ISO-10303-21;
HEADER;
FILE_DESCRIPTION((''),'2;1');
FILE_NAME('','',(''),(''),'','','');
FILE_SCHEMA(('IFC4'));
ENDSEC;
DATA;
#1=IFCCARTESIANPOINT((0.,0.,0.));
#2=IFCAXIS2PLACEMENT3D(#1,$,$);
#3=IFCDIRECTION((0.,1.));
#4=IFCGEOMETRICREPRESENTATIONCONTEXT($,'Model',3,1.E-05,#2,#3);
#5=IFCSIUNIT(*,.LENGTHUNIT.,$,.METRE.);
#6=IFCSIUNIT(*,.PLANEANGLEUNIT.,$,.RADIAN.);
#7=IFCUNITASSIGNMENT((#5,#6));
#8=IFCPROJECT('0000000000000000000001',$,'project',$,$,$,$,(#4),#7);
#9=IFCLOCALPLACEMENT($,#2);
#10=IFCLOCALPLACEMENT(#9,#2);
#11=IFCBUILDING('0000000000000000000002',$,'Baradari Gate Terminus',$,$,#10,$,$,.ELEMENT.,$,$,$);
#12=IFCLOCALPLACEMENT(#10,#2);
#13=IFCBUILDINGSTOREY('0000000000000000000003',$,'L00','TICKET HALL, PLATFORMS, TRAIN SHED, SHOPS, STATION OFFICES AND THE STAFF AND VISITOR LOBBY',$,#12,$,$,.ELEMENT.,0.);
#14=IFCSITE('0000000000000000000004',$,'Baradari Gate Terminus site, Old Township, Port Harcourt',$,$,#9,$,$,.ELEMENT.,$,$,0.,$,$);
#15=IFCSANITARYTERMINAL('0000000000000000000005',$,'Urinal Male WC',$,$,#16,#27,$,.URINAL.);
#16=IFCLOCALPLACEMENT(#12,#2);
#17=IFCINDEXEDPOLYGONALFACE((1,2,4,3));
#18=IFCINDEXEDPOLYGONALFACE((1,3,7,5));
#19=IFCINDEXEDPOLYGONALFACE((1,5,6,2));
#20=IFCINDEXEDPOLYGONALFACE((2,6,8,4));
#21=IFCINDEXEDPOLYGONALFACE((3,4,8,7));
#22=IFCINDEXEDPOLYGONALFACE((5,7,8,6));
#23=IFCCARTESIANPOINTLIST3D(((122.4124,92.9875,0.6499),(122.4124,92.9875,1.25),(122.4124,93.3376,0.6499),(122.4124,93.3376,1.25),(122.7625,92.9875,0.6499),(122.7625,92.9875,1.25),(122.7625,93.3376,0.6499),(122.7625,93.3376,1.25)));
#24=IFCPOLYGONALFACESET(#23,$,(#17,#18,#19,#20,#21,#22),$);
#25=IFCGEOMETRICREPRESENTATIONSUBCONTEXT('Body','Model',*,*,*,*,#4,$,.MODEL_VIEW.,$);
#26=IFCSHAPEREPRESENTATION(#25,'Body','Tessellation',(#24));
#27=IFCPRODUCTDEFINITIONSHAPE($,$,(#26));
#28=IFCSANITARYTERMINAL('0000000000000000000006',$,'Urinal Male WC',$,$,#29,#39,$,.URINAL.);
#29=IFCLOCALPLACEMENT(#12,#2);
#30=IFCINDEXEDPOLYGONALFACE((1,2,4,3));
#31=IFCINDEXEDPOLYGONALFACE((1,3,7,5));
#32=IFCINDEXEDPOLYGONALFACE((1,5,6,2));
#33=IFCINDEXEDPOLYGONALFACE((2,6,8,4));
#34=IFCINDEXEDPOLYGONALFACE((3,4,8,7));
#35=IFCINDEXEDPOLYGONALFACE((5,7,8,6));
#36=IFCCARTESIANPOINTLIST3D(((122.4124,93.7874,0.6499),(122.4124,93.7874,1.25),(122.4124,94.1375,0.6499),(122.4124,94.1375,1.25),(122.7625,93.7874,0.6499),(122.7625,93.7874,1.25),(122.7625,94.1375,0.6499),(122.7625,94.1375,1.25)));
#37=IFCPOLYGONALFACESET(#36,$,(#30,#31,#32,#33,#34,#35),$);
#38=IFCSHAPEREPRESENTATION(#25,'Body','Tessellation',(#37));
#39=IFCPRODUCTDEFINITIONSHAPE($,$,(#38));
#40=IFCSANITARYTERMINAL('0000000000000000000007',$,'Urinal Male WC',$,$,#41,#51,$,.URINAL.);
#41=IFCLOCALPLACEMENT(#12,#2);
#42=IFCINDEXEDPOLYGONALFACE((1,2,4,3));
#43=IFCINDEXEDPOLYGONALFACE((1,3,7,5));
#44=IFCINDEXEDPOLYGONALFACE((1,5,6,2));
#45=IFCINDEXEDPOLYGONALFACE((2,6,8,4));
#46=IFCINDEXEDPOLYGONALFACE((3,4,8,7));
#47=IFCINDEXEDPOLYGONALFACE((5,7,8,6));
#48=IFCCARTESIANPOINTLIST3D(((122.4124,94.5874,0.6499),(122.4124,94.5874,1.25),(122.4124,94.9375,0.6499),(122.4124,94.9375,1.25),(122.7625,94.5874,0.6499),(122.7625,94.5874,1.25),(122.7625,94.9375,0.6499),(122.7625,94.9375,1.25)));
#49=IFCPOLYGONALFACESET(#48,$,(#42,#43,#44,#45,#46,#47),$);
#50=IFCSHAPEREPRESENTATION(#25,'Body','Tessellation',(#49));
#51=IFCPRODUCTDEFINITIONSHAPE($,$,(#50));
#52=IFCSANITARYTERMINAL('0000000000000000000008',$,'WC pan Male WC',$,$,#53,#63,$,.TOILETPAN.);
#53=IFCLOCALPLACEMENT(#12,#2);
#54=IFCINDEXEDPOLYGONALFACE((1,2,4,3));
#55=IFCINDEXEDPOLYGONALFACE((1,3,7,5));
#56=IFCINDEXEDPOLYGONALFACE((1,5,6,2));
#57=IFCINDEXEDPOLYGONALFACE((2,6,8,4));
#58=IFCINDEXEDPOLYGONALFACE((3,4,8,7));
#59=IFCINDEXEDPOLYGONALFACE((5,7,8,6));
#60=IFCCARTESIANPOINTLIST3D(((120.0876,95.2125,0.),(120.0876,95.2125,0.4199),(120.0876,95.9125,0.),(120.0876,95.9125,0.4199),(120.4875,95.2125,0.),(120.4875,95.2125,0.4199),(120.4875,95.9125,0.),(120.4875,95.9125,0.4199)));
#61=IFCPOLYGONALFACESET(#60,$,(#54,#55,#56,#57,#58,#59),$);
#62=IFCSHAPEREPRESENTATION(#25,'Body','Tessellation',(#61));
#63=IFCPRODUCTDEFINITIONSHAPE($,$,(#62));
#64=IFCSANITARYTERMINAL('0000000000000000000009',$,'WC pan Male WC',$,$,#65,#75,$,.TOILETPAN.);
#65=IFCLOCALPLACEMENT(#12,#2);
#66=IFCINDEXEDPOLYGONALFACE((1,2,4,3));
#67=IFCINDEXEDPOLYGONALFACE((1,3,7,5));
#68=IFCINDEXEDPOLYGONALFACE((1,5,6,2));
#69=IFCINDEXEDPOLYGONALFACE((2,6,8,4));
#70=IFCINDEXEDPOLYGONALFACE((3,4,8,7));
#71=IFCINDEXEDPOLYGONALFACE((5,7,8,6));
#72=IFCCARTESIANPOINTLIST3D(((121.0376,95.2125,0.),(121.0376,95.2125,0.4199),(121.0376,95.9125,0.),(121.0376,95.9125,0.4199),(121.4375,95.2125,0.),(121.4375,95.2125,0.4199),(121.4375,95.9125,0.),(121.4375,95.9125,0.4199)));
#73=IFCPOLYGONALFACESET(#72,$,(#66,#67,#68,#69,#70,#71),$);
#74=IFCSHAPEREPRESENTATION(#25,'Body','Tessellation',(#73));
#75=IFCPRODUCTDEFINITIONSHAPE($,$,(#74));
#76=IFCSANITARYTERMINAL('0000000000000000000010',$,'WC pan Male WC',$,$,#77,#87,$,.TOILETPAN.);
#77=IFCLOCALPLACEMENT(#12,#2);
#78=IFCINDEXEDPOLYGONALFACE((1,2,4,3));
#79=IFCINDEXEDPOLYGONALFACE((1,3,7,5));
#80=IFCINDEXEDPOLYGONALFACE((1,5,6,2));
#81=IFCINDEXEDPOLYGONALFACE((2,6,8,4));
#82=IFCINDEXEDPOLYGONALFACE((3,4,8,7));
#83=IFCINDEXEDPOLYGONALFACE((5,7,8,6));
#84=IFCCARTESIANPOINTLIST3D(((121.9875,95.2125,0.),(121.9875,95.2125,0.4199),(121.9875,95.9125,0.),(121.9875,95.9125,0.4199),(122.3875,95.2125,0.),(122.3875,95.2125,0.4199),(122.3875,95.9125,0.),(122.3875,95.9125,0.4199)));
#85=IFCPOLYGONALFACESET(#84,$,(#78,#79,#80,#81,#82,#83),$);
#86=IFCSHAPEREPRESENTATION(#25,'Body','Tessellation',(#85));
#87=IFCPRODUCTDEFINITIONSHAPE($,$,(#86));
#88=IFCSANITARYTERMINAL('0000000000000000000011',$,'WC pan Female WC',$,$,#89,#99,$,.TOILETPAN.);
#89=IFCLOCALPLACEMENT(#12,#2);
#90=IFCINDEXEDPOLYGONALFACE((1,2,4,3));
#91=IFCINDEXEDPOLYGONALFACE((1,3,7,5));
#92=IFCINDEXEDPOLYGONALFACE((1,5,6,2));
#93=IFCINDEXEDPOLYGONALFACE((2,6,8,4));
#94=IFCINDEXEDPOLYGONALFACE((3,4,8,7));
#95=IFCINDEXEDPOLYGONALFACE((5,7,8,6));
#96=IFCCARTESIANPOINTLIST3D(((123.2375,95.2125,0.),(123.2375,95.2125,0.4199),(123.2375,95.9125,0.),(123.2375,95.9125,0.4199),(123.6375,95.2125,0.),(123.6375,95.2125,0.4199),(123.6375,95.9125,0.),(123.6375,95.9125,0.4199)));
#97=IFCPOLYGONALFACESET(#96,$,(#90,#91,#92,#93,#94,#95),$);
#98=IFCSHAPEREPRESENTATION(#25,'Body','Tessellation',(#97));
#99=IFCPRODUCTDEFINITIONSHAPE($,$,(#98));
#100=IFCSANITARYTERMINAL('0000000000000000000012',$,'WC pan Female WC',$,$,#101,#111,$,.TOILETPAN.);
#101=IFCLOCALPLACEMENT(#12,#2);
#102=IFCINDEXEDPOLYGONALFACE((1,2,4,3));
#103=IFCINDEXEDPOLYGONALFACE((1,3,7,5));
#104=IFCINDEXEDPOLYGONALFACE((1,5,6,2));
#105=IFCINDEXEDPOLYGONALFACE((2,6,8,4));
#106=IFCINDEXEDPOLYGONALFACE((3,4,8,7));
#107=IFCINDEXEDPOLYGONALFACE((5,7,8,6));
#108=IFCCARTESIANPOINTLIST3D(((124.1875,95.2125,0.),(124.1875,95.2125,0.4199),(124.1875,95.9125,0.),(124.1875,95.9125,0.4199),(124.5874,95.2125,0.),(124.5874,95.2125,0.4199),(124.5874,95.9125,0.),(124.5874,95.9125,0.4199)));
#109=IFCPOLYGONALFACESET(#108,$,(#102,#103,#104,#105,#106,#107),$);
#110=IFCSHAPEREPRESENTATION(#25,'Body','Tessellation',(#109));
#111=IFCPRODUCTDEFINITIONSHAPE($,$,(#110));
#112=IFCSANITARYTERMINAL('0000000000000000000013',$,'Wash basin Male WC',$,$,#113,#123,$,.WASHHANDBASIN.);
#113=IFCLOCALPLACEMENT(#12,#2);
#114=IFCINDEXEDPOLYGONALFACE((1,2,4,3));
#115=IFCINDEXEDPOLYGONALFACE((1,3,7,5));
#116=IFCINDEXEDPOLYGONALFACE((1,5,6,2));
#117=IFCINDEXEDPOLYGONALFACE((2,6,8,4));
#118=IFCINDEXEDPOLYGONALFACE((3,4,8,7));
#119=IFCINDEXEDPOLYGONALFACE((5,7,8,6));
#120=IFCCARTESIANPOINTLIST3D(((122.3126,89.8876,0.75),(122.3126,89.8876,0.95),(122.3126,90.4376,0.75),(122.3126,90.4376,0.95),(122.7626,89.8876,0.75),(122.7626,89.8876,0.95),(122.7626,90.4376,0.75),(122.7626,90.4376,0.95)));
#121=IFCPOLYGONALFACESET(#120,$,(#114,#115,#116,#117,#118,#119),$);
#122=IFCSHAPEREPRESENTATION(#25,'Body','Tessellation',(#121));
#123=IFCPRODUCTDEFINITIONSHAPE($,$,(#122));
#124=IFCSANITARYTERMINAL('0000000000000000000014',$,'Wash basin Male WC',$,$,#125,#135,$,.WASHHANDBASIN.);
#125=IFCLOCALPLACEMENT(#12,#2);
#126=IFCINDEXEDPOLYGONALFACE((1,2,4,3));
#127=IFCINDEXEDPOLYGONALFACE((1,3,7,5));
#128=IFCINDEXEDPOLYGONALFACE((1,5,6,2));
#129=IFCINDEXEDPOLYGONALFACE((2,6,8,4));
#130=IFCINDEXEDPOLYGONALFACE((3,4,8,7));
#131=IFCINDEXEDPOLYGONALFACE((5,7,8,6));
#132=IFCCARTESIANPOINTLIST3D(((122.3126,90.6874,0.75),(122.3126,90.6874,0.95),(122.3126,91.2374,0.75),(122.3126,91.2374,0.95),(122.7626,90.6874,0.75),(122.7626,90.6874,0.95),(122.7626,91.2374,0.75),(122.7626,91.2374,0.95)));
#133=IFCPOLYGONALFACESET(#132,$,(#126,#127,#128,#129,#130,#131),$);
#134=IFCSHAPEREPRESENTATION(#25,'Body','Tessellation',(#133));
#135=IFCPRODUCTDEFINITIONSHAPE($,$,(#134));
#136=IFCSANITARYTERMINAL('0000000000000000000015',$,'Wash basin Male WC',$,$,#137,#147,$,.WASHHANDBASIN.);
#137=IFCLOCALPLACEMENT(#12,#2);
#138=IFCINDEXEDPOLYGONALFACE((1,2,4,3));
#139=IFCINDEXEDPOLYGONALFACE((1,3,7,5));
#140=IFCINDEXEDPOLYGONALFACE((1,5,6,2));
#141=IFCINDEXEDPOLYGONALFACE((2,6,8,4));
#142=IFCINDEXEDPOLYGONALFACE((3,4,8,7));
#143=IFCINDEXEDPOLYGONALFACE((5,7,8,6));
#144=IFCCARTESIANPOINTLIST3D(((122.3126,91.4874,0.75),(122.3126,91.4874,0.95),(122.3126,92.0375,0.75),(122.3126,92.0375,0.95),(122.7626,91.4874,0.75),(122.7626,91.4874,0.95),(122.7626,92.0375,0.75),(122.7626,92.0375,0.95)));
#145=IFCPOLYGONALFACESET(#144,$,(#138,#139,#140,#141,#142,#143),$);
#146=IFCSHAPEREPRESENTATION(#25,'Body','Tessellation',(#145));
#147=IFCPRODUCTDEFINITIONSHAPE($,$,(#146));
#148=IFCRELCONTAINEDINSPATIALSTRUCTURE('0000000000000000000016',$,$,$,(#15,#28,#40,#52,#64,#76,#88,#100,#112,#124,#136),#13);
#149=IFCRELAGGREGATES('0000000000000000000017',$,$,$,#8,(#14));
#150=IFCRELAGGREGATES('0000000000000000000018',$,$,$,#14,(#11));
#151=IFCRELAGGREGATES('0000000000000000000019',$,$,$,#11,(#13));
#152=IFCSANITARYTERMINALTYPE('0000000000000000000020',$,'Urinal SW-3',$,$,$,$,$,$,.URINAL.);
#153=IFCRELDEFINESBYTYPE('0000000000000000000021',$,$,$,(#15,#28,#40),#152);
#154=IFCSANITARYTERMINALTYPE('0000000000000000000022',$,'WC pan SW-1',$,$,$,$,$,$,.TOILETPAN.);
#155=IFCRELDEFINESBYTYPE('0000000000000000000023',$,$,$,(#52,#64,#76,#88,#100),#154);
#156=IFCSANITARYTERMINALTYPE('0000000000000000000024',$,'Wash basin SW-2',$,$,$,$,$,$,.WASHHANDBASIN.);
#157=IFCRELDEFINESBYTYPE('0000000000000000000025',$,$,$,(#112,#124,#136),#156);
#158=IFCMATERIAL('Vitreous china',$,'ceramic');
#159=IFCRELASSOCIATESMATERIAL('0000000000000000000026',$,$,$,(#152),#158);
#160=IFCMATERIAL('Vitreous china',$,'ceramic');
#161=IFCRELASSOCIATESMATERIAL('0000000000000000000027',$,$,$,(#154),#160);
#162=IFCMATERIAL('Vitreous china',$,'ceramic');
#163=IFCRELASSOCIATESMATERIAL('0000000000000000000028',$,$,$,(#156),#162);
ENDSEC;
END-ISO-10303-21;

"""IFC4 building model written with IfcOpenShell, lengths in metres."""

from ifc_helpers import new_model, si_unit, direction, frame, origin, origin_2d, place, context, subcontext, project, spatial, rectangle, extrude, material, type_object, element, save


model = new_model("IFC4")

# Units and contexts
model_context = context("Model", 3, precision=1e-05, world=origin(), true_north=direction((0.0, 1.0)))
body_context = subcontext(model_context, "Body", "Model", "MODEL_VIEW")
ifc_project = project(units=[si_unit("LENGTHUNIT", "METRE"), si_unit("PLANEANGLEUNIT", "RADIAN")], contexts=[model_context])

# Site, building, storey
site_placement = place(None, origin())
site = spatial("IfcSite", under=ifc_project, at=site_placement, Name="Baradari Gate Terminus site, Old Township, Port Harcourt", CompositionType="ELEMENT", RefElevation=0.0)
building_placement = place(site_placement, origin())
building = spatial("IfcBuilding", under=site, at=building_placement, Name="Baradari Gate Terminus", CompositionType="ELEMENT")
storey_placement = place(building_placement, origin())
storey = spatial("IfcBuildingStorey", under=building, at=storey_placement, Name="L00", Description="TICKET HALL, PLATFORMS, TRAIN SHED, SHOPS, STATION OFFICES AND THE STAFF AND VISITOR LOBBY", CompositionType="ELEMENT", Elevation=0.0)

# Sanitary terminals
ifc_material_1 = material(Name="Vitreous china", Category="ceramic")
sanitary_terminal_type_1 = type_object("IfcSanitaryTerminalType", Name="Urinal SW-3", PredefinedType="URINAL", material=ifc_material_1)
for number, where, z_axis, x_axis, name in (
    (1, (122.5874, 93.1626, 0.6499), (0.0, 0.0, 1.0), (1.0, 0.0, 0.0), "Urinal Male WC"),
    (2, (122.5874, 93.9624, 0.6499), (0.0, 0.0, 1.0), (1.0, 0.0, 0.0), "Urinal Male WC"),
    (3, (122.5874, 94.7625, 0.6499), (0.0, 0.0, 1.0), (1.0, 0.0, 0.0), "Urinal Male WC"),
):
    element("IfcSanitaryTerminal", number, at=place(storey_placement, frame(where, z_axis=z_axis, x_axis=x_axis)), inside=storey, type_object=sanitary_terminal_type_1, Name=name, PredefinedType="URINAL", context=body_context, shape_type="SweptSolid", body=[
        extrude(rectangle(XDim=0.3501, YDim=0.3501, at=origin_2d()), origin(), (0.0, 0.0, 1.0), 0.6001),
    ])
ifc_material_2 = material(Name="Vitreous china", Category="ceramic")
sanitary_terminal_type_2 = type_object("IfcSanitaryTerminalType", Name="WC pan SW-1", PredefinedType="TOILETPAN", material=ifc_material_2)
for number, where, z_axis, x_axis, name in (
    (4, (120.2876, 95.5625, 0.0), (0.0, 0.0, 1.0), (1.0, 0.0, 0.0), "WC pan Male WC"),
    (5, (121.2375, 95.5625, 0.0), (0.0, 0.0, 1.0), (1.0, 0.0, 0.0), "WC pan Male WC"),
    (6, (122.1875, 95.5625, 0.0), (0.0, 0.0, 1.0), (1.0, 0.0, 0.0), "WC pan Male WC"),
    (7, (123.4375, 95.5625, 0.0), (0.0, 0.0, 1.0), (1.0, 0.0, 0.0), "WC pan Female WC"),
    (8, (124.3875, 95.5625, 0.0), (0.0, 0.0, 1.0), (1.0, 0.0, 0.0), "WC pan Female WC"),
):
    element("IfcSanitaryTerminal", number, at=place(storey_placement, frame(where, z_axis=z_axis, x_axis=x_axis)), inside=storey, type_object=sanitary_terminal_type_2, Name=name, PredefinedType="TOILETPAN", context=body_context, shape_type="SweptSolid", body=[
        extrude(rectangle(XDim=0.3999, YDim=0.7, at=origin_2d()), origin(), (0.0, 0.0, 1.0), 0.4199),
    ])
ifc_material_3 = material(Name="Vitreous china", Category="ceramic")
sanitary_terminal_type_3 = type_object("IfcSanitaryTerminalType", Name="Wash basin SW-2", PredefinedType="WASHHANDBASIN", material=ifc_material_3)
for number, where, z_axis, x_axis, name in (
    (9, (122.5376, 90.1626, 0.75), (0.0, 0.0, 1.0), (1.0, 0.0, 0.0), "Wash basin Male WC"),
    (10, (122.5376, 90.9624, 0.75), (0.0, 0.0, 1.0), (1.0, 0.0, 0.0), "Wash basin Male WC"),
    (11, (122.5376, 91.7625, 0.75), (0.0, 0.0, 1.0), (1.0, 0.0, 0.0), "Wash basin Male WC"),
):
    element("IfcSanitaryTerminal", number, at=place(storey_placement, frame(where, z_axis=z_axis, x_axis=x_axis)), inside=storey, type_object=sanitary_terminal_type_3, Name=name, PredefinedType="WASHHANDBASIN", context=body_context, shape_type="SweptSolid", body=[
        extrude(rectangle(XDim=0.45, YDim=0.55, at=origin_2d()), origin(), (0.0, 0.0, 1.0), 0.2),
    ])

save(model, "model.ifc")
